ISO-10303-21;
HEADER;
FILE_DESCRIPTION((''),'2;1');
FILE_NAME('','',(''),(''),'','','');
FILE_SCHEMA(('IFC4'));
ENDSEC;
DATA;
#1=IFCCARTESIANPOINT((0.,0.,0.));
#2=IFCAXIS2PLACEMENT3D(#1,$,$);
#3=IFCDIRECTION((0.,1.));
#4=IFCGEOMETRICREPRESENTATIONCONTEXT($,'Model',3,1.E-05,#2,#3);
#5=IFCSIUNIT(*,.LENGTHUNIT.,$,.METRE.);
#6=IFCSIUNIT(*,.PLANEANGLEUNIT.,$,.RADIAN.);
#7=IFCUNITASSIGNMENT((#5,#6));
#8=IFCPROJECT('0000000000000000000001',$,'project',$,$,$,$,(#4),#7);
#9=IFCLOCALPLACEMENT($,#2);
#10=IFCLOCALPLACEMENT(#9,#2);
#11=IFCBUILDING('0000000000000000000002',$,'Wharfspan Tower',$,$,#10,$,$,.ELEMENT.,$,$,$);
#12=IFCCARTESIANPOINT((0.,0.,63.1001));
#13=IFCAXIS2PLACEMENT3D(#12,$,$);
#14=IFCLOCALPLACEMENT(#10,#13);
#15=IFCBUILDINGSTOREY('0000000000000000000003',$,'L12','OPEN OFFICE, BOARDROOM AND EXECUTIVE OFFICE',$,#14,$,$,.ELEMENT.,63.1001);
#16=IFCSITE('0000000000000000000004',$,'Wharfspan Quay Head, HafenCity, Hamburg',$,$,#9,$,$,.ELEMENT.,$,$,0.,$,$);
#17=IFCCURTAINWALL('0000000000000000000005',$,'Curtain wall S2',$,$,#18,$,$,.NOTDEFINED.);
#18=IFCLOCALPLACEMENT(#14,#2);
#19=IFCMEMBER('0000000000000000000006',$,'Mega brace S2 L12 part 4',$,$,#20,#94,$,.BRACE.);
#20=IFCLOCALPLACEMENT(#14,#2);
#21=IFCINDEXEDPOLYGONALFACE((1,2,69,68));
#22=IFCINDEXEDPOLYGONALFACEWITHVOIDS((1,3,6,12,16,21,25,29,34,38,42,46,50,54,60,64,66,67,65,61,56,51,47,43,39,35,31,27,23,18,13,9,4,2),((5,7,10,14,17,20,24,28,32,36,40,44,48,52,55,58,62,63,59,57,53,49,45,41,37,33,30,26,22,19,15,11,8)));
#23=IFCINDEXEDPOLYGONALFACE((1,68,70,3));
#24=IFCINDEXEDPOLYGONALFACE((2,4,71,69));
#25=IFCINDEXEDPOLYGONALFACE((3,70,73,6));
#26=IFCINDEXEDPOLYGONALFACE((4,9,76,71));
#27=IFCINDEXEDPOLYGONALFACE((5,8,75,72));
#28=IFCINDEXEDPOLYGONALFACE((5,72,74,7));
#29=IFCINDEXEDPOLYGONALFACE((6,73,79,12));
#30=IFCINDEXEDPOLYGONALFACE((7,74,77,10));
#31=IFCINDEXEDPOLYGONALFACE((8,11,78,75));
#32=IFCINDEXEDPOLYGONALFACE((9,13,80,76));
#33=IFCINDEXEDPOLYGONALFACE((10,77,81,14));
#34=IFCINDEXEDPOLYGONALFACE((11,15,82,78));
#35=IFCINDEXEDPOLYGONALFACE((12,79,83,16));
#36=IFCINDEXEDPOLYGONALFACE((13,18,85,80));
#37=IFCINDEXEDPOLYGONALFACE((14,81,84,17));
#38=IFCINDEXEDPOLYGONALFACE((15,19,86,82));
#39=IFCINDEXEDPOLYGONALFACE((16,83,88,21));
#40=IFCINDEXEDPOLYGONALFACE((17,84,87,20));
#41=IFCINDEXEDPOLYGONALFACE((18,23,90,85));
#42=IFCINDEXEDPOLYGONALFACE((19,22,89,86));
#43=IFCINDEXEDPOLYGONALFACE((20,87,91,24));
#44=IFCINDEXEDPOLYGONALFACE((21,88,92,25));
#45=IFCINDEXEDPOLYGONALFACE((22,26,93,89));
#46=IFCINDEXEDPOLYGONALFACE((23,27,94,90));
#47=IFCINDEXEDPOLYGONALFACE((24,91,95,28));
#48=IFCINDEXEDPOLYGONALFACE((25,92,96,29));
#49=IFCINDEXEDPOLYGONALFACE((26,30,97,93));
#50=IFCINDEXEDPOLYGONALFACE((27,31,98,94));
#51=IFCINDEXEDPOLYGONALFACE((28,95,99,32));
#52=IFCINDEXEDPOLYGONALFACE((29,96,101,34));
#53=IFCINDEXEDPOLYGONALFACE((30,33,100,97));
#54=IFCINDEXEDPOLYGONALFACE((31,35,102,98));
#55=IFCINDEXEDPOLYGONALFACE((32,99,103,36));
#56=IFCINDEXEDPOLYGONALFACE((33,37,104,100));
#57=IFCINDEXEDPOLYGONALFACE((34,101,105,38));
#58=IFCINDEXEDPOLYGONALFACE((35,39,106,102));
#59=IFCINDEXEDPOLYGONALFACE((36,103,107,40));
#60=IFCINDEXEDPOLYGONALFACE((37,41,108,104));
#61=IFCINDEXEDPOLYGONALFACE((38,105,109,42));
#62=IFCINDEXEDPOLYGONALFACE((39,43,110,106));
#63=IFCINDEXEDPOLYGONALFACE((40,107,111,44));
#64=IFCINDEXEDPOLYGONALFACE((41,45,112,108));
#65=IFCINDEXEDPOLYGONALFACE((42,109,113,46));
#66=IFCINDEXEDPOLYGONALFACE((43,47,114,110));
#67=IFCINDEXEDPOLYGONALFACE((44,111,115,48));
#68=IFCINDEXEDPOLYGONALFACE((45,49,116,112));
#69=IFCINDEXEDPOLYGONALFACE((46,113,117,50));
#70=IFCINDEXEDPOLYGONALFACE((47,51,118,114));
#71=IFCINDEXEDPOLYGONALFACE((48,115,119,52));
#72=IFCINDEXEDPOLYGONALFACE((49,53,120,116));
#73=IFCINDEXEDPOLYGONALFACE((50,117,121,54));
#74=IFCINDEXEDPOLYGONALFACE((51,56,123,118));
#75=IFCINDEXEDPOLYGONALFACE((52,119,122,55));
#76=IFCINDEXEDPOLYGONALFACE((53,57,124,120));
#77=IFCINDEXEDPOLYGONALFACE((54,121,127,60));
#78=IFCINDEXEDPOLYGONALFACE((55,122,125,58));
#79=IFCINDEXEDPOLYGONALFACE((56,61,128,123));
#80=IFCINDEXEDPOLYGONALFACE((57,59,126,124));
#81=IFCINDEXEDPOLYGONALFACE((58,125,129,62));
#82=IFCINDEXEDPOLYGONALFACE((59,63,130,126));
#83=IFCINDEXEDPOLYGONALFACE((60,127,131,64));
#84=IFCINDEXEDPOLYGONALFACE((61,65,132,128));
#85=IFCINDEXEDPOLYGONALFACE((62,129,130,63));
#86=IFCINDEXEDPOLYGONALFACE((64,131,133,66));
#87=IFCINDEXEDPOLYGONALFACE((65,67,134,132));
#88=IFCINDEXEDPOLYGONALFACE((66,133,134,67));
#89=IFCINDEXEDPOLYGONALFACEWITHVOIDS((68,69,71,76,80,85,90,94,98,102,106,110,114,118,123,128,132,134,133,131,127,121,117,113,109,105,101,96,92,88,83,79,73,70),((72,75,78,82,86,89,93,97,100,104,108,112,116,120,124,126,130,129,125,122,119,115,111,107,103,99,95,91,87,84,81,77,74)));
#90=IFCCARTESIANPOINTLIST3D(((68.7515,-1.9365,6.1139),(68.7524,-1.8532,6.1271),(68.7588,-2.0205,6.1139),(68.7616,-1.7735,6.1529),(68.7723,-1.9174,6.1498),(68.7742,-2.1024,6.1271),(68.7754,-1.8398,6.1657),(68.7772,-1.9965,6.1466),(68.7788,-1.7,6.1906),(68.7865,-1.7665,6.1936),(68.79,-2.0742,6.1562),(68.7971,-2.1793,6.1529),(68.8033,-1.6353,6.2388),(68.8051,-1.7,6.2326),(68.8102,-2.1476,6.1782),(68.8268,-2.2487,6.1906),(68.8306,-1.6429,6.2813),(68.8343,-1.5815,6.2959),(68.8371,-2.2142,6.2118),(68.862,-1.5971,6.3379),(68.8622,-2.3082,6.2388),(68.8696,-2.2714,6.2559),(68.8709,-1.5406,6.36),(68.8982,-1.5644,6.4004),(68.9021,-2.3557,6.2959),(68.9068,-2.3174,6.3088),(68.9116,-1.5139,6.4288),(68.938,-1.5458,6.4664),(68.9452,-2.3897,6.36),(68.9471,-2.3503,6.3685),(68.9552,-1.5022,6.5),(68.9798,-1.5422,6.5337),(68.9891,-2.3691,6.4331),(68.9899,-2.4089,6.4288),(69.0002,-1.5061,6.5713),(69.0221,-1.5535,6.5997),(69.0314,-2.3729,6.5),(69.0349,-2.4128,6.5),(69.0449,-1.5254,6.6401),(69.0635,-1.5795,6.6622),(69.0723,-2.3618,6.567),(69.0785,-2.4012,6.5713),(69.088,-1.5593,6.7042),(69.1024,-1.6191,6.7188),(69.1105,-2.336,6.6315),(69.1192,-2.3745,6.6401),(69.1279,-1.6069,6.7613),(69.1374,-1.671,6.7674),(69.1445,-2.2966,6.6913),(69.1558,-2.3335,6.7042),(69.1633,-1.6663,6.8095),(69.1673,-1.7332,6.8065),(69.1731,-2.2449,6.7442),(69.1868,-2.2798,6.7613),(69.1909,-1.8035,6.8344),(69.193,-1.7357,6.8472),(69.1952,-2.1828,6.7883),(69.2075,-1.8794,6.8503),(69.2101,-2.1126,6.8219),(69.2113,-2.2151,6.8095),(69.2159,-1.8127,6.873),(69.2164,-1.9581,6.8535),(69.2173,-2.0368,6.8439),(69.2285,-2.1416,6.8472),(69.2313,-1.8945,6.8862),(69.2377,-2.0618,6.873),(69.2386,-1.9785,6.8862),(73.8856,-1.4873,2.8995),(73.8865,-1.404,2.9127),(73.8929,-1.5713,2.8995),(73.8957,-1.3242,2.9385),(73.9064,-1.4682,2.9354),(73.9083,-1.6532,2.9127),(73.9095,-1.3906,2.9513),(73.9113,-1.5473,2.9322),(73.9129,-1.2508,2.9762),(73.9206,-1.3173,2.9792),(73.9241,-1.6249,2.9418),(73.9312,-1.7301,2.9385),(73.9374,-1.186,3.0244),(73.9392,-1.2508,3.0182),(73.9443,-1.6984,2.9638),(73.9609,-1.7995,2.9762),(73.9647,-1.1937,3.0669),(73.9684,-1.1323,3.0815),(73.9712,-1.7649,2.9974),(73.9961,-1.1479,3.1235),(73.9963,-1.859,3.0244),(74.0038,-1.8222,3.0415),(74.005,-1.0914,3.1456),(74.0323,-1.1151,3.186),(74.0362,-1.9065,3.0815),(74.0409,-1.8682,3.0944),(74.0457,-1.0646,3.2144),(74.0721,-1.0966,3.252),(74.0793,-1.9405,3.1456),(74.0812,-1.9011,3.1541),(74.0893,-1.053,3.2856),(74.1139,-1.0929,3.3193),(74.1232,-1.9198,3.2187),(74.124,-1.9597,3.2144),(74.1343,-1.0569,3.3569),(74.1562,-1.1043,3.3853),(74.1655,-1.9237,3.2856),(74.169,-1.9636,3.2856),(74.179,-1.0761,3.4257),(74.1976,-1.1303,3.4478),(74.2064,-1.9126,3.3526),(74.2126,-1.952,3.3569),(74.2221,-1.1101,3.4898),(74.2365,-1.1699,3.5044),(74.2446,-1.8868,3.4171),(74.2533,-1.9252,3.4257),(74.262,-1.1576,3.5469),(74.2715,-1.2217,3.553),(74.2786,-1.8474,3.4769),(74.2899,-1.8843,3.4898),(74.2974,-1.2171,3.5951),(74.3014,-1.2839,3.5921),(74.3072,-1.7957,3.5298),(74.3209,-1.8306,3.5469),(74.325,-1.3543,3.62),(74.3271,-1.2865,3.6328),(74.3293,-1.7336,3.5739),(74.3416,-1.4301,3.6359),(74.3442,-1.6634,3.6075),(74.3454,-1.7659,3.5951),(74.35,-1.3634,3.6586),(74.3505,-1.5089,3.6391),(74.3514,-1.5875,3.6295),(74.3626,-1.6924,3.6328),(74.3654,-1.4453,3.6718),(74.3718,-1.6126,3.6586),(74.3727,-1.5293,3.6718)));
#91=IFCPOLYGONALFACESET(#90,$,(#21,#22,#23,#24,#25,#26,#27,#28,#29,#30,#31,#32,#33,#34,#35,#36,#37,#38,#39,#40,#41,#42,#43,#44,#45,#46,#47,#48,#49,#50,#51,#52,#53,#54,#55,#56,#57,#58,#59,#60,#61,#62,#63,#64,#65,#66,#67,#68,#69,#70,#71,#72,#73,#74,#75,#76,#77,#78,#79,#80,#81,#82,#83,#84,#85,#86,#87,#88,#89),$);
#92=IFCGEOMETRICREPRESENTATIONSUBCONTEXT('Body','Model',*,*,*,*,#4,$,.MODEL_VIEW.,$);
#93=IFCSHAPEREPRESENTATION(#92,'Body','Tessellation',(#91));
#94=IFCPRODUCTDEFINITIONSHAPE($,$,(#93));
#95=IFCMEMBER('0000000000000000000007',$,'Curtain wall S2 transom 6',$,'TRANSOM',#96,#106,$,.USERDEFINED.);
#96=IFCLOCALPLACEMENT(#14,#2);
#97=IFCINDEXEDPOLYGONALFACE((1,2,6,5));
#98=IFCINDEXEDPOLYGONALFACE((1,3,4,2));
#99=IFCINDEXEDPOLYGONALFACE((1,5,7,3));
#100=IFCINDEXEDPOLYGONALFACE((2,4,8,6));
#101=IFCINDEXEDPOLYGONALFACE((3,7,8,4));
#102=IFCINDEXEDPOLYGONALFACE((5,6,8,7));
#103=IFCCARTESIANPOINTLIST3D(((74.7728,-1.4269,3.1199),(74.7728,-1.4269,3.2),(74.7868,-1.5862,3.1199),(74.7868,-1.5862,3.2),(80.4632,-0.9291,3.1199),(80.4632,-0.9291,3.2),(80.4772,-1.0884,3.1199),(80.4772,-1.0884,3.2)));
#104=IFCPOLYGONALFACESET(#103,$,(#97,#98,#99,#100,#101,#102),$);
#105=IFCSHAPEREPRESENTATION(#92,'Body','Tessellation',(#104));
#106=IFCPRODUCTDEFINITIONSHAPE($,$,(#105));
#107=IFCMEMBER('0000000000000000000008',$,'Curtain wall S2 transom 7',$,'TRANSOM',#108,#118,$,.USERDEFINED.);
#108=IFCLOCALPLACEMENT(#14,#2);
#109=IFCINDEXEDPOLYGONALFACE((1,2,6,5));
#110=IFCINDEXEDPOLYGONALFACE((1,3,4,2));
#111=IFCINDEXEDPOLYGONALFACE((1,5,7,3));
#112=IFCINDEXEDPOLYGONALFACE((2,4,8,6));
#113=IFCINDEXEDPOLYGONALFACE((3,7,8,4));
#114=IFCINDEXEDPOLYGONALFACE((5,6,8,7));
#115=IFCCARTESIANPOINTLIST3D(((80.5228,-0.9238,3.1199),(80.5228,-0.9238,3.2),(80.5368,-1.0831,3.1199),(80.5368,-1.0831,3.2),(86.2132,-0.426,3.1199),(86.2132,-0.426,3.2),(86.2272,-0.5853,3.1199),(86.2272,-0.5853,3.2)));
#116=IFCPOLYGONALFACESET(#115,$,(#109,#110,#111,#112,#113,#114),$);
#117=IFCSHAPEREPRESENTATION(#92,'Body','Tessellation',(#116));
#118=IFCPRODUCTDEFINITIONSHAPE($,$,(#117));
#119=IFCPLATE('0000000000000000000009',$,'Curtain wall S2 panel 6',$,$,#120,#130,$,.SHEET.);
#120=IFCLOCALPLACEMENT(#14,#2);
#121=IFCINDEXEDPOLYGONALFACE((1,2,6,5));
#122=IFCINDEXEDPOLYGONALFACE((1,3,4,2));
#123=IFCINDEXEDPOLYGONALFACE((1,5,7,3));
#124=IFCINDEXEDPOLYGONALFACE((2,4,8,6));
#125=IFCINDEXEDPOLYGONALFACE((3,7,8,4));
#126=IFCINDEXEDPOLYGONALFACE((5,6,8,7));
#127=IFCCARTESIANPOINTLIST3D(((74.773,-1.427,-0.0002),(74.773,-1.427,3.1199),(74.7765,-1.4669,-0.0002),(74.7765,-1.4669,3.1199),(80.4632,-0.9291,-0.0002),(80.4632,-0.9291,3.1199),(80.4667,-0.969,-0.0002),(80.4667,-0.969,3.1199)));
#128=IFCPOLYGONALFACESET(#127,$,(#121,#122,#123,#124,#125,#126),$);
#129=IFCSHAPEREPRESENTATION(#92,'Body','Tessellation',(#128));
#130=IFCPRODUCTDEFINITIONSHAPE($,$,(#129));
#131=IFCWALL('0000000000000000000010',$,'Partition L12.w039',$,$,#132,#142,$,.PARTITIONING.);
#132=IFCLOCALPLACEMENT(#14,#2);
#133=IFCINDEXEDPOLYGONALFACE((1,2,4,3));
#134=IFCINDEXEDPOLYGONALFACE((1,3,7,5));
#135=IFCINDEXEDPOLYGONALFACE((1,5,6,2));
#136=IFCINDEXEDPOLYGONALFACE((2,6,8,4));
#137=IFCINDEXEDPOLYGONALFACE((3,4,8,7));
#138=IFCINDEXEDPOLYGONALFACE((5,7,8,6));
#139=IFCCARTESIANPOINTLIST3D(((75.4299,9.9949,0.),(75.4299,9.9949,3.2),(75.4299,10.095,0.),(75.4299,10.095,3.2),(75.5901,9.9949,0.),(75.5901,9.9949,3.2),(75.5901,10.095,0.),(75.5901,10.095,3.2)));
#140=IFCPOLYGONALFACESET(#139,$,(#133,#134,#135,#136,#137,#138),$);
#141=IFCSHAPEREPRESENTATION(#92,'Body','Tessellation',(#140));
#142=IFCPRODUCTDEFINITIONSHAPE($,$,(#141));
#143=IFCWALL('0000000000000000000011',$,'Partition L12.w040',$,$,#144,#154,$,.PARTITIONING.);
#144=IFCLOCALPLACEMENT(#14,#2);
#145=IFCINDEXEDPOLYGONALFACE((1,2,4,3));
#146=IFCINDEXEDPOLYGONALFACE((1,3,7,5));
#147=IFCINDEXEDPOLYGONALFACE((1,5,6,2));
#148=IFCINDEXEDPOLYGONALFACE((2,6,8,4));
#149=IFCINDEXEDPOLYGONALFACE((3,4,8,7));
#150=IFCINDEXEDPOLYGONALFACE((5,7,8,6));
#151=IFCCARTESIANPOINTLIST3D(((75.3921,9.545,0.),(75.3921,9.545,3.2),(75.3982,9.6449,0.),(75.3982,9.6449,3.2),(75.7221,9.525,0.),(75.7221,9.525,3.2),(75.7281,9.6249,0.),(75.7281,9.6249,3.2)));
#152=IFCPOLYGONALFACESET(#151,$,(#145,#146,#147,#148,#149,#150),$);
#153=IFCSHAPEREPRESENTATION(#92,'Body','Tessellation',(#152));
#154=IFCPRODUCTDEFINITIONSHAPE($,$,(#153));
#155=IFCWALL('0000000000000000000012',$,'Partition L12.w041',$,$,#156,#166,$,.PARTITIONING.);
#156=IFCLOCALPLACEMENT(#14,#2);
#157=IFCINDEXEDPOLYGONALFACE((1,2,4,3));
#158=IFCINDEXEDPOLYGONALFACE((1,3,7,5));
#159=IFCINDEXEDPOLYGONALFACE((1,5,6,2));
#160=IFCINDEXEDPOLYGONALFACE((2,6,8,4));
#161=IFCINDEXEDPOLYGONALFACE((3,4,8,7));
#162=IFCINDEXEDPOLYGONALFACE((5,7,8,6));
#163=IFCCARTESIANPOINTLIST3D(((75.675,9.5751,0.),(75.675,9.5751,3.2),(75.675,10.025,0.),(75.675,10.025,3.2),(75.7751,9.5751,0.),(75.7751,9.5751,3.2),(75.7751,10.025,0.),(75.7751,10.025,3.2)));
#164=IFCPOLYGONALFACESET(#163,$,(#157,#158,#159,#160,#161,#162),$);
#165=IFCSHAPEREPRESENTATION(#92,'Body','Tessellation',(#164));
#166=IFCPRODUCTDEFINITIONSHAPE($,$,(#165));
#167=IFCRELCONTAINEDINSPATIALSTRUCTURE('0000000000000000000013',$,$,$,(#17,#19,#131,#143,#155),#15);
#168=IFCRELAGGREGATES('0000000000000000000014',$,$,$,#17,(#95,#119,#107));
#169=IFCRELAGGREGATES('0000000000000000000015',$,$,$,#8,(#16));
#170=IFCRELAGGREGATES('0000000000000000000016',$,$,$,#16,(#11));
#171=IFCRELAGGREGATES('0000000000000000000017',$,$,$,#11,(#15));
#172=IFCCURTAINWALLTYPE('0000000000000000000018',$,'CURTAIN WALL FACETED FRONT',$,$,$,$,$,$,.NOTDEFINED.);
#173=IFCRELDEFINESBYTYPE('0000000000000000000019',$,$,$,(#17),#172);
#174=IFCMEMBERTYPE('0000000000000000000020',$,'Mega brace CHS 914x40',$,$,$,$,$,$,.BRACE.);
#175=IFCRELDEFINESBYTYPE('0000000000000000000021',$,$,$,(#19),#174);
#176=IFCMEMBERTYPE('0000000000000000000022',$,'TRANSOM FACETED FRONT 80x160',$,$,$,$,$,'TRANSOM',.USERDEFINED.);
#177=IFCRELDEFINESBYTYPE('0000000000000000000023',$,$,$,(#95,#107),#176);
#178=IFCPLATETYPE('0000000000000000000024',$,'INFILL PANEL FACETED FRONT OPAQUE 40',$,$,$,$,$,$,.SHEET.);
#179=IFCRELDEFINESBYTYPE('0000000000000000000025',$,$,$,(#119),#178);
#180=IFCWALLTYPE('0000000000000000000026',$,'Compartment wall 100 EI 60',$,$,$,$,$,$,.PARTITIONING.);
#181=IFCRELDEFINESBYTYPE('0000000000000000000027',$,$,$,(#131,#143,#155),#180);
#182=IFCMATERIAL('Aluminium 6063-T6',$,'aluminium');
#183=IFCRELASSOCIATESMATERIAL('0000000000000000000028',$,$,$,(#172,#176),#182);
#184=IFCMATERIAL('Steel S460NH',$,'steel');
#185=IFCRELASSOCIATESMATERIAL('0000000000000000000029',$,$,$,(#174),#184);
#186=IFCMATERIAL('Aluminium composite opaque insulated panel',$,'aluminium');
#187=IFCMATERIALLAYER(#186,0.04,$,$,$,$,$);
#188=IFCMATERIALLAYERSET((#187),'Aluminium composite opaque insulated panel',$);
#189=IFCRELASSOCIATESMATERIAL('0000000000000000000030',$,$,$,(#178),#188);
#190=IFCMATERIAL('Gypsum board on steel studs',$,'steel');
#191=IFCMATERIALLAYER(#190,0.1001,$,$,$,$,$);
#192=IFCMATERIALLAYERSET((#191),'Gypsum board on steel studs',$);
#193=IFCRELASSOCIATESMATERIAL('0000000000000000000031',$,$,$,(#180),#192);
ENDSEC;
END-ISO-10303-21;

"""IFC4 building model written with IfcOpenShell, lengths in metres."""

from ifc_helpers import new_model, si_unit, direction, frame, frame_2d, origin, origin_2d, place, context, subcontext, project, spatial, rectangle, hollow_circle, extrude, material, layer, layer_set, material_profile, profile_set, type_object, element, aggregate, save


model = new_model("IFC4")

# Units and contexts
model_context = context("Model", 3, precision=1e-05, world=origin(), true_north=direction((0.0, 1.0)))
body_context = subcontext(model_context, "Body", "Model", "MODEL_VIEW")
ifc_project = project(units=[si_unit("LENGTHUNIT", "METRE"), si_unit("PLANEANGLEUNIT", "RADIAN")], contexts=[model_context])

# Site, building, storey
site_placement = place(None, origin())
site = spatial("IfcSite", under=ifc_project, at=site_placement, Name="Wharfspan Quay Head, HafenCity, Hamburg", CompositionType="ELEMENT", RefElevation=0.0)
building_placement = place(site_placement, origin())
building = spatial("IfcBuilding", under=site, at=building_placement, Name="Wharfspan Tower", CompositionType="ELEMENT")
storey_placement = place(building_placement, frame((0.0, 0.0, 63.1001)))
storey = spatial("IfcBuildingStorey", under=building, at=storey_placement, Name="L12", Description="OPEN OFFICE, BOARDROOM AND EXECUTIVE OFFICE", CompositionType="ELEMENT", Elevation=63.1001)

# Curtain wall
ifc_material_1 = material(Name="Aluminium 6063-T6", Category="aluminium")
curtain_wall_type = type_object("IfcCurtainWallType", Name="CURTAIN WALL FACETED FRONT", PredefinedType="NOTDEFINED", material=ifc_material_1)
curtain_wall_placement = place(storey_placement, origin())
curtain_wall = element("IfcCurtainWall", 1, at=curtain_wall_placement, inside=storey, type_object=curtain_wall_type, Name="Curtain wall S2", PredefinedType="NOTDEFINED")

# Member
ifc_material_2 = material(Name="Steel S460NH", Category="steel")
ifc_material_profile_1 = material_profile(ifc_material_2, hollow_circle(Radius=0.457, WallThickness=0.04, at=origin_2d()))
ifc_profile_set_1 = profile_set([ifc_material_profile_1], Name="Steel S460NH")
member_type_1 = type_object("IfcMemberType", Name="Mega brace CHS 914x40", PredefinedType="BRACE", material=ifc_profile_set_1)
member_1_placement = place(storey_placement, frame((74.1291, -1.5083, 3.2856), z_axis=(-0.845262, -0.073959, 0.529208), x_axis=(0.087167, -0.996192, 0.000003)))
element("IfcMember", 2, at=member_1_placement, inside=storey, type_object=member_type_1, Name="Mega brace S2 L12 part 4", PredefinedType="BRACE", context=body_context, shape_type="SweptSolid", body=[
    extrude(hollow_circle(Radius=0.457, WallThickness=0.04, at=origin_2d()), origin(), (0.0, 0.0, 1.0), 6.074),
])

# Members
ifc_material_profile_2 = material_profile(ifc_material_1, rectangle(XDim=0.1599, YDim=0.0801, at=origin_2d()))
ifc_profile_set_2 = profile_set([ifc_material_profile_2], Name="Aluminium 6063-T6")
member_type_2 = type_object("IfcMemberType", Name="TRANSOM FACETED FRONT 80x160", ElementType="TRANSOM", PredefinedType="USERDEFINED", material=ifc_profile_set_2)
member_2_placement = place(storey_placement, frame((74.7798, -1.5066, 3.1599), z_axis=(0.996195, 0.087148, 0.0), x_axis=(-0.087148, 0.996195, 0.0)))
member_2 = element("IfcMember", 3, at=member_2_placement, type_object=member_type_2, Name="Curtain wall S2 transom 6", ObjectType="TRANSOM", PredefinedType="USERDEFINED", context=body_context, shape_type="SweptSolid", body=[
    extrude(rectangle(XDim=0.1599, YDim=0.0801, at=origin_2d()), origin(), (0.0, 0.0, 1.0), 5.7122),
])
member_3_placement = place(storey_placement, frame((80.5298, -1.0034, 3.1599), z_axis=(0.996195, 0.087148, 0.0), x_axis=(-0.087148, 0.996195, 0.0)))
member_3 = element("IfcMember", 4, at=member_3_placement, type_object=member_type_2, Name="Curtain wall S2 transom 7", ObjectType="TRANSOM", PredefinedType="USERDEFINED", context=body_context, shape_type="SweptSolid", body=[
    extrude(rectangle(XDim=0.1599, YDim=0.0801, at=origin_2d()), origin(), (0.0, 0.0, 1.0), 5.7122),
])

# Plate
ifc_material_3 = material(Name="Aluminium composite opaque insulated panel", Category="aluminium")
ifc_layer_1 = layer(ifc_material_3, 0.04)
ifc_layer_set_1 = layer_set([ifc_layer_1], Name="Aluminium composite opaque insulated panel")
plate_type = type_object("IfcPlateType", Name="INFILL PANEL FACETED FRONT OPAQUE 40", PredefinedType="SHEET", material=ifc_layer_set_1)
plate_placement = place(storey_placement, frame((77.6199, -1.198, -0.0002), z_axis=(0.0, 0.0, 1.0), x_axis=(0.996197, 0.087156, 0.0)))
plate = element("IfcPlate", 5, at=plate_placement, type_object=plate_type, Name="Curtain wall S2 panel 6", PredefinedType="SHEET", context=body_context, shape_type="SweptSolid", body=[
    extrude(rectangle(XDim=5.7119, YDim=0.04, at=origin_2d()), origin(), (0.0, 0.0, 1.0), 3.1201),
])
aggregate(curtain_wall, [member_2, plate, member_3])

# Walls
ifc_material_4 = material(Name="Gypsum board on steel studs", Category="steel")
ifc_layer_2 = layer(ifc_material_4, 0.1001)
ifc_layer_set_2 = layer_set([ifc_layer_2], Name="Gypsum board on steel studs")
wall_type_1 = type_object("IfcWallType", Name="Compartment wall 100 EI 60", PredefinedType="PARTITIONING", material=ifc_layer_set_2)
wall_1_placement = place(storey_placement, frame((75.4299, 10.0449, 0.0), z_axis=(0.0, 0.0, 1.0), x_axis=(1.0, 0.0, 0.0)))
element("IfcWall", 6, at=wall_1_placement, inside=storey, type_object=wall_type_1, Name="Partition L12.w039", PredefinedType="PARTITIONING", context=body_context, shape_type="SweptSolid", body=[
    extrude(rectangle(XDim=0.1602, YDim=0.1001, at=frame_2d((0.0801, 0.0))), origin(), (0.0, 0.0, 1.0), 3.2),
])
wall_2_placement = place(storey_placement, frame((75.7251, 9.575, 0.0), z_axis=(0.0, 0.0, 1.0), x_axis=(-0.99817, 0.06054, 0.0)))
element("IfcWall", 7, at=wall_2_placement, inside=storey, type_object=wall_type_1, Name="Partition L12.w040", PredefinedType="PARTITIONING", context=body_context, shape_type="SweptSolid", body=[
    extrude(rectangle(XDim=0.3306, YDim=0.1001, at=frame_2d((0.1653, 0.0))), origin(), (0.0, 0.0, 1.0), 3.2),
])
wall_3_placement = place(storey_placement, frame((75.7251, 9.575, 0.0), z_axis=(0.0, 0.0, 1.0), x_axis=(0.0, 1.0, 0.0)))
element("IfcWall", 8, at=wall_3_placement, inside=storey, type_object=wall_type_1, Name="Partition L12.w041", PredefinedType="PARTITIONING", context=body_context, shape_type="SweptSolid", body=[
    extrude(rectangle(XDim=0.45, YDim=0.1001, at=frame_2d((0.2251, 0.0))), origin(), (0.0, 0.0, 1.0), 3.2),
])

save(model, "model.ifc")
